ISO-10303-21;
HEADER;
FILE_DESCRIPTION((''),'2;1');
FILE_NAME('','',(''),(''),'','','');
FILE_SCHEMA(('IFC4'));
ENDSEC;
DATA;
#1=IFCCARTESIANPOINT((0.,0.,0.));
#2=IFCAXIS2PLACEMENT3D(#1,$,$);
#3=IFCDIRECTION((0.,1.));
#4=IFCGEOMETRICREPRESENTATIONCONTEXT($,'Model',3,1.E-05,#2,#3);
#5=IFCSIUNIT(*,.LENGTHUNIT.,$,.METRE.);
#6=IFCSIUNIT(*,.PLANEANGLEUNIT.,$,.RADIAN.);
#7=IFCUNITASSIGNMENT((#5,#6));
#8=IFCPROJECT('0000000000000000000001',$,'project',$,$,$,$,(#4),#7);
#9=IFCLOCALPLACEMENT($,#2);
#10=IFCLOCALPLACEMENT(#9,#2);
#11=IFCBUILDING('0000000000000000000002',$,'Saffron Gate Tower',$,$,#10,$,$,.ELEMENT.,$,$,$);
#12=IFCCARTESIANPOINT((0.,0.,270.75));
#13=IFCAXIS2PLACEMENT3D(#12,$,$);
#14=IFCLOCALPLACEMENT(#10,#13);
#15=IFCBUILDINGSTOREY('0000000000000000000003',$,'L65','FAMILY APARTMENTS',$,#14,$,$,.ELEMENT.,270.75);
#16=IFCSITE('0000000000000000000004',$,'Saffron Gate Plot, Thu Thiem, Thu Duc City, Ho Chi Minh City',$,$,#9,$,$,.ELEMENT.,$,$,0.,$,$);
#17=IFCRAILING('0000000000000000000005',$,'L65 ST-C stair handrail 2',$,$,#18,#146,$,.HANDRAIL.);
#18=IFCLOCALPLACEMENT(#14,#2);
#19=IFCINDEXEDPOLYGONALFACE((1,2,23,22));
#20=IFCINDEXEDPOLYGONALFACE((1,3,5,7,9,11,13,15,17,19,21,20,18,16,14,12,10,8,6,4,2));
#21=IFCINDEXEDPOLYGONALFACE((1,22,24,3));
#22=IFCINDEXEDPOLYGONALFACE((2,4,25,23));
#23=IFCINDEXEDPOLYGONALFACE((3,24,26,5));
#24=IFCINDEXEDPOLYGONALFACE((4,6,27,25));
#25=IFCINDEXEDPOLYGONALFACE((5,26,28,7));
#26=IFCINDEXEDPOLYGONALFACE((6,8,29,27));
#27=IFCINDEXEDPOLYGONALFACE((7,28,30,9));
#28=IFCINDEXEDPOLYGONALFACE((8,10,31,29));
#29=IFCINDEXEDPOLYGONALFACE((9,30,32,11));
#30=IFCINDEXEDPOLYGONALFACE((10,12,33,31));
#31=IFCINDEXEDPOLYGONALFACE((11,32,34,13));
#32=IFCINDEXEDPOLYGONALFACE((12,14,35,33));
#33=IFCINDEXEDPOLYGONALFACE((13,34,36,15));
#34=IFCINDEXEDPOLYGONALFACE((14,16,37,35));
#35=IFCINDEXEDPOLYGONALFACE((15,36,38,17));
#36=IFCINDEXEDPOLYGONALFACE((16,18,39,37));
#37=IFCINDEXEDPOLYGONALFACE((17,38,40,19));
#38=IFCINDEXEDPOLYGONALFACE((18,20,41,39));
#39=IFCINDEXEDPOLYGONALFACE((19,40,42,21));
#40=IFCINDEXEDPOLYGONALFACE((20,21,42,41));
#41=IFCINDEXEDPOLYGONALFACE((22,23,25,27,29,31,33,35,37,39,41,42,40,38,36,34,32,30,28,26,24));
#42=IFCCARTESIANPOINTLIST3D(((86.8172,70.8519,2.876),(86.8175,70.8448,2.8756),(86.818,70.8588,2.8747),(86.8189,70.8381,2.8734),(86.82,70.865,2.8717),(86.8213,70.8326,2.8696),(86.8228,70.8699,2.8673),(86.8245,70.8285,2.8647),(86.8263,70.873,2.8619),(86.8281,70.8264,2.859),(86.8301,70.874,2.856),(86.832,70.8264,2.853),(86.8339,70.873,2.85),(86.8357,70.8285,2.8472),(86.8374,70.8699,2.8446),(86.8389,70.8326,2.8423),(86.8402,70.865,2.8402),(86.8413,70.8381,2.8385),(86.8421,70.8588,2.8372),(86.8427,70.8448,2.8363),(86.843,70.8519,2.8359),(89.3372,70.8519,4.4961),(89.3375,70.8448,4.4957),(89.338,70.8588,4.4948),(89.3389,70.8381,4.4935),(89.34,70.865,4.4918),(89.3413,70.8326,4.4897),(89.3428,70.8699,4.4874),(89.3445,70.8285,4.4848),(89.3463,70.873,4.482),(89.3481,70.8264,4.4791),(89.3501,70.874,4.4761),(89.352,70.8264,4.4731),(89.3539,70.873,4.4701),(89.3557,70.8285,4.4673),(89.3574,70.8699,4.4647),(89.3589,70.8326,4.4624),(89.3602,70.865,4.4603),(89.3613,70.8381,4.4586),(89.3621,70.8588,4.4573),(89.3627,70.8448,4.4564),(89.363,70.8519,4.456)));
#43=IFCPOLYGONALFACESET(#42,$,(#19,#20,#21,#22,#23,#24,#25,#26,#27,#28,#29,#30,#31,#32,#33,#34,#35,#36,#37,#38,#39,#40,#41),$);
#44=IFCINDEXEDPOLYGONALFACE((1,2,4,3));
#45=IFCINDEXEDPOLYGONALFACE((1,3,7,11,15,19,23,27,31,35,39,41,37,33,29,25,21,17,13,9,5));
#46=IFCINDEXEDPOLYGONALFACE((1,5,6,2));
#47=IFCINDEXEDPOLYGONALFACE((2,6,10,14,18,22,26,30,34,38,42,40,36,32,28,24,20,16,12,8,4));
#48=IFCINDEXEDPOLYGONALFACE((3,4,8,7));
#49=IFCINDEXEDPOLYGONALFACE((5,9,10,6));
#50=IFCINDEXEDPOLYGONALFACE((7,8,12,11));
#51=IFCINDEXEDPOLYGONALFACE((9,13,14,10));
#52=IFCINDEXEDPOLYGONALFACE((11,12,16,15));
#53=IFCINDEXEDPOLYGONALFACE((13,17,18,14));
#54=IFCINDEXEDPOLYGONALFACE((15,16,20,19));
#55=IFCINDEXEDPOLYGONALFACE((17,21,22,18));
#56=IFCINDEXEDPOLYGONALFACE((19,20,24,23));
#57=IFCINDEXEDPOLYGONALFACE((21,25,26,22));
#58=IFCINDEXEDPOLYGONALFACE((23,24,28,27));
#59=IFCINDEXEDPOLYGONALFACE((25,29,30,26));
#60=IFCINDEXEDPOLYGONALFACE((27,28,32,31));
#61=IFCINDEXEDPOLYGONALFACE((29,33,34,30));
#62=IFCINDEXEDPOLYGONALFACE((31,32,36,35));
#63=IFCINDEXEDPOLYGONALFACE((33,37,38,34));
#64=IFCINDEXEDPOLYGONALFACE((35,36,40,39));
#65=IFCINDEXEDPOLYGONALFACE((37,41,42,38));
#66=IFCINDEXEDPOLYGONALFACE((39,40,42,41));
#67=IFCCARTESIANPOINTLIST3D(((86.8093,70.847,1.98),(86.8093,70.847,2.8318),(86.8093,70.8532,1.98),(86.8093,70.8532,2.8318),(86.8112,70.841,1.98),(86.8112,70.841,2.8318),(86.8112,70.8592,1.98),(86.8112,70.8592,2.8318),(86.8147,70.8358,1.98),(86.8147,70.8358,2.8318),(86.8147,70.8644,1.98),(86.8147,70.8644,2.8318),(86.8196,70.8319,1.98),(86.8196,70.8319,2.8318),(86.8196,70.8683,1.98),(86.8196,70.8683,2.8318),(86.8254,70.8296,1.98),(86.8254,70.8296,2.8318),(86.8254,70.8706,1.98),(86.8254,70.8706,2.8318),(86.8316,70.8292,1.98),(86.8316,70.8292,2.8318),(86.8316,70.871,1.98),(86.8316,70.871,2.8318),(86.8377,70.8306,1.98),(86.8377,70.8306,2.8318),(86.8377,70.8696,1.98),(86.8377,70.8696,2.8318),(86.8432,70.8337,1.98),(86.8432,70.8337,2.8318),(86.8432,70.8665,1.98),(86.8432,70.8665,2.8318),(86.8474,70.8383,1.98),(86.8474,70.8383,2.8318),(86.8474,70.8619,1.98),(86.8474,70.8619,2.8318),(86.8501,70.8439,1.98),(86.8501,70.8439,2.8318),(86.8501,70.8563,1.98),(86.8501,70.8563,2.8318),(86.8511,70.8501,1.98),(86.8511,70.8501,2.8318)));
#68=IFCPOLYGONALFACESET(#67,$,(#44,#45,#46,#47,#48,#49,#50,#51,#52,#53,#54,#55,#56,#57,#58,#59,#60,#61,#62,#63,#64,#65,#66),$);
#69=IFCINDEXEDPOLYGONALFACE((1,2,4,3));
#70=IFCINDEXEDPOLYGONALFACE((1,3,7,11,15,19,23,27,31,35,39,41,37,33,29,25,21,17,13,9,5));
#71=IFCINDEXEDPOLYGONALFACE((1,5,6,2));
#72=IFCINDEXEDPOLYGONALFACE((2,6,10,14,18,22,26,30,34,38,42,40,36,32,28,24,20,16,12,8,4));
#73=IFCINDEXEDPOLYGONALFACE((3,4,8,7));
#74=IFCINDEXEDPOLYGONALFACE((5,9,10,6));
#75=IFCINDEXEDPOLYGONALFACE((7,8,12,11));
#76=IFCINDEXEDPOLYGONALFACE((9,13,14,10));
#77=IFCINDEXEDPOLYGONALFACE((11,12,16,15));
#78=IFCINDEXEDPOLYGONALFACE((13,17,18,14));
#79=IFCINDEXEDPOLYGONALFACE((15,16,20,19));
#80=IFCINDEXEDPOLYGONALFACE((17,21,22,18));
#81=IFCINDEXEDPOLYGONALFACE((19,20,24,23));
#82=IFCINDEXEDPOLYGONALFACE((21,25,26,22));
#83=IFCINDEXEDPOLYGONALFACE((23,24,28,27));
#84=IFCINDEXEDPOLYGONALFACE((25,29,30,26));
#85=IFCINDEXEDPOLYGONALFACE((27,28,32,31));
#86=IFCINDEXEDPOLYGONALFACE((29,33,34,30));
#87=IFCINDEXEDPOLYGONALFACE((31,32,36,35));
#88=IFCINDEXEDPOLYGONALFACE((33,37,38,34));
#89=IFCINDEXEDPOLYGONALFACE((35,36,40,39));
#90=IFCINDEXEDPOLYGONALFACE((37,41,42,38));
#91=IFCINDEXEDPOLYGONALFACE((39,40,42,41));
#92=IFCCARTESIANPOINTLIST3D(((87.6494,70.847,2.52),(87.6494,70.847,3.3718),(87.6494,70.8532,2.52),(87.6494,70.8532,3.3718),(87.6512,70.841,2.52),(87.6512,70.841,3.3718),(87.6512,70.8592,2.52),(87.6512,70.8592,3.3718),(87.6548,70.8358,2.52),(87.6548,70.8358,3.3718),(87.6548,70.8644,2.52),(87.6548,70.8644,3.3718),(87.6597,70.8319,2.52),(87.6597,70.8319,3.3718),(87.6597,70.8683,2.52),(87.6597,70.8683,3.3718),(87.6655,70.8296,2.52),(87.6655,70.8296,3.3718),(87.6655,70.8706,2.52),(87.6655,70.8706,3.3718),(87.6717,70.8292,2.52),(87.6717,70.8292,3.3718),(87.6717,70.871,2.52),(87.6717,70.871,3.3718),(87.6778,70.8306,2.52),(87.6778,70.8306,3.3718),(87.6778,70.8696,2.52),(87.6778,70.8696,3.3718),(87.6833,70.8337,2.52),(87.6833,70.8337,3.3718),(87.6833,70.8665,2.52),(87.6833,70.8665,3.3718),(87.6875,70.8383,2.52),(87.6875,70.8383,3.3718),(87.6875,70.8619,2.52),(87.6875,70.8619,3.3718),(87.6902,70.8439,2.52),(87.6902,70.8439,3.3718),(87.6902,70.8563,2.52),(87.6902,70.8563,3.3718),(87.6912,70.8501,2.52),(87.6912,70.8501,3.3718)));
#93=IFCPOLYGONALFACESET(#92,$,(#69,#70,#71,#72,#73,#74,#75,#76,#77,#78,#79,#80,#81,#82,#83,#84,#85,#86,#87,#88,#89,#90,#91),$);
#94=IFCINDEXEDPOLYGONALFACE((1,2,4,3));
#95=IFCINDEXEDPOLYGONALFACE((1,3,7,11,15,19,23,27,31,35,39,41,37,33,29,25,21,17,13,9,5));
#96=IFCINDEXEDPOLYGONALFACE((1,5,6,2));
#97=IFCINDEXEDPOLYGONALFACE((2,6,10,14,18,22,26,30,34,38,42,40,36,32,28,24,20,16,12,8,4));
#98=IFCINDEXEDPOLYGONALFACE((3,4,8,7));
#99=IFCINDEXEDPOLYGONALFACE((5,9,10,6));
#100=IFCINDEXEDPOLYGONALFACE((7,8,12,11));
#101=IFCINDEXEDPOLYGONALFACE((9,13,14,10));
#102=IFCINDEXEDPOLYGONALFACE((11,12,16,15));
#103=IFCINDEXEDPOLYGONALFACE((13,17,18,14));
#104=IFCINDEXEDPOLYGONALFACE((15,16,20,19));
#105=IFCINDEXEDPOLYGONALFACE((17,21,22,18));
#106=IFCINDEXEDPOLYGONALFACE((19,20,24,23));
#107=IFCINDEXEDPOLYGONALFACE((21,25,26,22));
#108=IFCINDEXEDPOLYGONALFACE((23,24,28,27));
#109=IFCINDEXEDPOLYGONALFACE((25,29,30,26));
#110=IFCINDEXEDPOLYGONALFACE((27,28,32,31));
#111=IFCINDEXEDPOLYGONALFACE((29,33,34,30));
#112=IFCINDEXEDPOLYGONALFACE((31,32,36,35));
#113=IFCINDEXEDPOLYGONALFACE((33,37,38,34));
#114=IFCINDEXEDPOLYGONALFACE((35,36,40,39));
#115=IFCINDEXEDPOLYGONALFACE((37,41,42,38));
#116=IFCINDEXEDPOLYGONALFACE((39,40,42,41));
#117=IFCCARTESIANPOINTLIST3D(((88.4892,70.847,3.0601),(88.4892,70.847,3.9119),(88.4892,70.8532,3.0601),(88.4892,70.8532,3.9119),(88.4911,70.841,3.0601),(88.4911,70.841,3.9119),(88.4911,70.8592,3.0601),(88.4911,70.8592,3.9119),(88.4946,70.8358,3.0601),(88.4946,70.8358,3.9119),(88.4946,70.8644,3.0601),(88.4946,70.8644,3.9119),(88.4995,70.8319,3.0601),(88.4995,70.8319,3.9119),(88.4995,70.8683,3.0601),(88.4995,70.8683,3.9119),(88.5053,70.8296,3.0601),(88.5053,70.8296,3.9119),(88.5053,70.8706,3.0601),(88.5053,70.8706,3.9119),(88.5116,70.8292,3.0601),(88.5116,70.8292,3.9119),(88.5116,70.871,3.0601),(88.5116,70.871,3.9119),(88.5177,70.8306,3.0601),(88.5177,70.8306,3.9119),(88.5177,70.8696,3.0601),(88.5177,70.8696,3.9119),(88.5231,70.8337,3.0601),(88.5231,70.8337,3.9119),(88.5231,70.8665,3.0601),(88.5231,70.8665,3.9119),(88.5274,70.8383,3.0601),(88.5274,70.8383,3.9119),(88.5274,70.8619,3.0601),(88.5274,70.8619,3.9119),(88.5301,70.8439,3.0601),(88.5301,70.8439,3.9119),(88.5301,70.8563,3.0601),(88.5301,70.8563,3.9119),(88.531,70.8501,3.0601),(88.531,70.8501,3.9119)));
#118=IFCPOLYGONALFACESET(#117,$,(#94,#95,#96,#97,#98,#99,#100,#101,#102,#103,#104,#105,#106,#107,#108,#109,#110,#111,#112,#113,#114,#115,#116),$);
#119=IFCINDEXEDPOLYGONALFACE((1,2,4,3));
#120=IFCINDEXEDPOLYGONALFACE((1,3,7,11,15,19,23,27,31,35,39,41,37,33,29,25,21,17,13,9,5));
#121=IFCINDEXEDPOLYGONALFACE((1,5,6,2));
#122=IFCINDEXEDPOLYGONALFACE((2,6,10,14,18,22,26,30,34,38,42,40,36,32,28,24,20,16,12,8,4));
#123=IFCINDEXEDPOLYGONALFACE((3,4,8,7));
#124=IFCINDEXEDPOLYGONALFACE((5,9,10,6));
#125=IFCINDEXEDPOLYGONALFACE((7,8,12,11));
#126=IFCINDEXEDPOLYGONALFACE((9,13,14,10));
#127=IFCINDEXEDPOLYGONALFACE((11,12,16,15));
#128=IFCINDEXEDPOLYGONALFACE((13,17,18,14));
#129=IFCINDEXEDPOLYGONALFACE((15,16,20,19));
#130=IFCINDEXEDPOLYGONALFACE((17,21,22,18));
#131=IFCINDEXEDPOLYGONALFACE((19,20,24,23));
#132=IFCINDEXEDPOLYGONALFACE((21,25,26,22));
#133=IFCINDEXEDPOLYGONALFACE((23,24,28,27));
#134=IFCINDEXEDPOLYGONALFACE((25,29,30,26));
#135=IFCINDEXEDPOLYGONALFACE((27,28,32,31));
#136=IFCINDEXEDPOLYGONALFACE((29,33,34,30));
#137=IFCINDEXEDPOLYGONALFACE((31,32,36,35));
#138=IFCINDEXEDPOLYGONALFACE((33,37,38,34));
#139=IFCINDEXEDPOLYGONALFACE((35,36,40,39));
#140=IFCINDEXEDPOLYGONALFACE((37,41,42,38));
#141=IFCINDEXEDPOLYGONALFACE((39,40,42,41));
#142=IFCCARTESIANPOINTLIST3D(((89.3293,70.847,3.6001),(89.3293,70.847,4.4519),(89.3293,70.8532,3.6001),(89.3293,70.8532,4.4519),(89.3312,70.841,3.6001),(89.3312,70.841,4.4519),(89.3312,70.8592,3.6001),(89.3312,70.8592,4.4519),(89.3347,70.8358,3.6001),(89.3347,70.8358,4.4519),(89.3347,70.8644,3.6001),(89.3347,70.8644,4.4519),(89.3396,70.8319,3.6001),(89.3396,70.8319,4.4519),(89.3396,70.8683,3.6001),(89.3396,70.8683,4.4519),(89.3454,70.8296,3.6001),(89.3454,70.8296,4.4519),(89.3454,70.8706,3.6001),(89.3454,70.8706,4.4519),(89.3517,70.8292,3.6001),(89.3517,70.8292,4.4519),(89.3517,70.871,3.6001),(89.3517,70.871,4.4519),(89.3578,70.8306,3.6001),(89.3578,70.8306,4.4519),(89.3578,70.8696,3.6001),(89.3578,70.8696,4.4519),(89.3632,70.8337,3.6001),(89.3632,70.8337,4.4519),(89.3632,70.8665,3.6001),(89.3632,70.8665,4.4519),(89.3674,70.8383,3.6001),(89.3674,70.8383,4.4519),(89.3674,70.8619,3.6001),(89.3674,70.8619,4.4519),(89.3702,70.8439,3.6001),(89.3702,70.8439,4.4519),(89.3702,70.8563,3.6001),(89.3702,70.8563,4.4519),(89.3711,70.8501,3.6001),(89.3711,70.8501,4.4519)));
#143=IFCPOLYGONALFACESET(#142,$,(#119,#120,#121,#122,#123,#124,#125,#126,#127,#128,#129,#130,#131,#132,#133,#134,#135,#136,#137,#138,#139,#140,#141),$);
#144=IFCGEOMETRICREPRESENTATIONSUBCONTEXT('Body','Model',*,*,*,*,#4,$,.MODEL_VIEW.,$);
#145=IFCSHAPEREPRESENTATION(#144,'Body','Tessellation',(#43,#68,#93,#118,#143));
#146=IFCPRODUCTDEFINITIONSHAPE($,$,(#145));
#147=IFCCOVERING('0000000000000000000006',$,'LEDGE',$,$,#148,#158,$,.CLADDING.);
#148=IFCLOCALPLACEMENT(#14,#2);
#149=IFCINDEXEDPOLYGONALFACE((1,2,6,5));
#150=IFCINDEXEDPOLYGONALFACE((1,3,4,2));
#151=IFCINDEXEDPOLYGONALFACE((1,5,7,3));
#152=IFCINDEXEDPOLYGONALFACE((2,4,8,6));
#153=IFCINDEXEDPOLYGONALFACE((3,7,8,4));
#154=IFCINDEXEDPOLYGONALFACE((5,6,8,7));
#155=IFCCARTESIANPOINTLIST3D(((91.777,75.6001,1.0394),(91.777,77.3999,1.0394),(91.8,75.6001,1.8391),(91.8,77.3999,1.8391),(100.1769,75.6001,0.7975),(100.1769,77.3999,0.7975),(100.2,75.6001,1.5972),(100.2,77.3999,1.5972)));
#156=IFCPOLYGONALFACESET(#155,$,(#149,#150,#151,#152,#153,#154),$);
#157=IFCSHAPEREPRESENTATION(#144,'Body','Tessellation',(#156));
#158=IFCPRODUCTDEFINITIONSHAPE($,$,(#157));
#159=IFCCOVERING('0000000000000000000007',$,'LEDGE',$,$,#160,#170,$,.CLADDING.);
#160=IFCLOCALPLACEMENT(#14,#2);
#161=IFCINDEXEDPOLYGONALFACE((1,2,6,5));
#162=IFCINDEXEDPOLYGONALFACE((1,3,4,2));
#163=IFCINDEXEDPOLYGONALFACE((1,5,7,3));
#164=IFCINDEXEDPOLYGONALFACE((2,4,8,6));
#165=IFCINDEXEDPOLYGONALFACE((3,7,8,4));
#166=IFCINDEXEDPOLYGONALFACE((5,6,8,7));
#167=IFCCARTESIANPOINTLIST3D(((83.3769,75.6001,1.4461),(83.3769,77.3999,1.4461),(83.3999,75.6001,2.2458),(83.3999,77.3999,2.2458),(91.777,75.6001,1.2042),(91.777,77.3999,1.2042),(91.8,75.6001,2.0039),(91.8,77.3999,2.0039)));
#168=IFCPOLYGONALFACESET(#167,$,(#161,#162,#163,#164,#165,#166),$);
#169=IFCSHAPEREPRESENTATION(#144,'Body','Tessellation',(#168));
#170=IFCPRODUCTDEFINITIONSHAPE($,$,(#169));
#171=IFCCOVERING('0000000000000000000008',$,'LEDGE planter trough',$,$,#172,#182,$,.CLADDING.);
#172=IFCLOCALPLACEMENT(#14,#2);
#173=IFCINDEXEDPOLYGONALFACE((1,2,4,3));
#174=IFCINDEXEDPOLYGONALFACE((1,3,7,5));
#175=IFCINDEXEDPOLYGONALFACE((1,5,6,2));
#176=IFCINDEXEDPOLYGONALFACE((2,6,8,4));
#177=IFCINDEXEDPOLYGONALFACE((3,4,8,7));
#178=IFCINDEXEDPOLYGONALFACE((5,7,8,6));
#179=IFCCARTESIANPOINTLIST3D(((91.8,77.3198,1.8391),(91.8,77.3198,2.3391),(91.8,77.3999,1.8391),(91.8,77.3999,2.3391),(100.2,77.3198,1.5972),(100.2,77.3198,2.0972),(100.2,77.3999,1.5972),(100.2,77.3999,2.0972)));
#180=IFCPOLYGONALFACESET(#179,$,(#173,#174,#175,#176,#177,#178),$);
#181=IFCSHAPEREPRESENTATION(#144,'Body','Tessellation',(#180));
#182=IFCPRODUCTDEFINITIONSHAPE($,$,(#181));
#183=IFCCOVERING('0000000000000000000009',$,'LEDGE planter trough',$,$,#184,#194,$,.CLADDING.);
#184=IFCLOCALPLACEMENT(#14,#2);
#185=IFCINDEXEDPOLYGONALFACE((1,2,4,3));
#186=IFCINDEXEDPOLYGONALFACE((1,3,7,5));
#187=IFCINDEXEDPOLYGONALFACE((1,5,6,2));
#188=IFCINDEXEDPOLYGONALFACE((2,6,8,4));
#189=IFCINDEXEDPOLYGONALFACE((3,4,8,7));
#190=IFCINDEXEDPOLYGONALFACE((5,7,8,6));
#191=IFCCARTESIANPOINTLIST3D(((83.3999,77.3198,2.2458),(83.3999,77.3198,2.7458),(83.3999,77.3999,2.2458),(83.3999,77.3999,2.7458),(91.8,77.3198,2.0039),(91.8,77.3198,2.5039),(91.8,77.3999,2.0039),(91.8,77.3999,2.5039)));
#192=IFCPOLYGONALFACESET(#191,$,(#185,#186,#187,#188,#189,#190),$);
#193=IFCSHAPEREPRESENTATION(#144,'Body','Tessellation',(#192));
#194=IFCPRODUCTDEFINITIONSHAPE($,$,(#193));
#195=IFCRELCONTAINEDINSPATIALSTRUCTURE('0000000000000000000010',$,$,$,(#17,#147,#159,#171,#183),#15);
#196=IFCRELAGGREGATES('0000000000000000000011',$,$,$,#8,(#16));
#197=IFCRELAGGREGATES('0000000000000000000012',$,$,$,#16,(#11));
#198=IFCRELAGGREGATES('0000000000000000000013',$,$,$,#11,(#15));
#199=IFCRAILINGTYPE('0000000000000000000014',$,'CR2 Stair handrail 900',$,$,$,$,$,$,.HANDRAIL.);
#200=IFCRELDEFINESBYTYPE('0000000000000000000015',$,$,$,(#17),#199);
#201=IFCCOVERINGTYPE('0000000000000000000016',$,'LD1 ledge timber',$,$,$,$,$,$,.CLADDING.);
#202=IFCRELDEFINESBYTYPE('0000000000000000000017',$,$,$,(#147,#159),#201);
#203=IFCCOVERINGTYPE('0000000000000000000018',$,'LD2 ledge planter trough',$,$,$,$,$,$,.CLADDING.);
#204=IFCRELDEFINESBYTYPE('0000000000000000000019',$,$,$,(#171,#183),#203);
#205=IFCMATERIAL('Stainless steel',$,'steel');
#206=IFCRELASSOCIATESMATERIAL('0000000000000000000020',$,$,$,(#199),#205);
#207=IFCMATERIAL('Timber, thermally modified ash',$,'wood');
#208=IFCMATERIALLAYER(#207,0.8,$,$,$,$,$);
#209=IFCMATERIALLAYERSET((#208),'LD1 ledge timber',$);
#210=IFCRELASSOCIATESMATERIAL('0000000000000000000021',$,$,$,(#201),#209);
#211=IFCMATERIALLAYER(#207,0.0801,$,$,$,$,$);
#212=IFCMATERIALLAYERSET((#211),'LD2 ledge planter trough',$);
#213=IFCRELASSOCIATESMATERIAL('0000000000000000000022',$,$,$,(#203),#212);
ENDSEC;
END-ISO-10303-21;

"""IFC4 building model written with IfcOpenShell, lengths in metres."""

from ifc_helpers import new_model, si_unit, direction, frame, origin, origin_2d, place, context, subcontext, project, spatial, polyline, circle, outline, extrude, material, layer, layer_set, type_object, element, save


model = new_model("IFC4")

# Units and contexts
model_context = context("Model", 3, precision=1e-05, world=origin(), true_north=direction((0.0, 1.0)))
body_context = subcontext(model_context, "Body", "Model", "MODEL_VIEW")
ifc_project = project(units=[si_unit("LENGTHUNIT", "METRE"), si_unit("PLANEANGLEUNIT", "RADIAN")], contexts=[model_context])

# Site, building, storey
site_placement = place(None, origin())
site = spatial("IfcSite", under=ifc_project, at=site_placement, Name="Saffron Gate Plot, Thu Thiem, Thu Duc City, Ho Chi Minh City", CompositionType="ELEMENT", RefElevation=0.0)
building_placement = place(site_placement, origin())
building = spatial("IfcBuilding", under=site, at=building_placement, Name="Saffron Gate Tower", CompositionType="ELEMENT")
storey_placement = place(building_placement, frame((0.0, 0.0, 270.75)))
storey = spatial("IfcBuildingStorey", under=building, at=storey_placement, Name="L65", Description="FAMILY APARTMENTS", CompositionType="ELEMENT", Elevation=270.75)

# Railing
ifc_material_1 = material(Name="Stainless steel", Category="steel")
railing_type_1 = type_object("IfcRailingType", Name="CR2 Stair handrail 900", PredefinedType="HANDRAIL", material=ifc_material_1)
railing_1_placement = place(storey_placement, frame((86.8301, 70.8501, 1.98)))
element("IfcRailing", 1, at=railing_1_placement, inside=storey, type_object=railing_type_1, Name="L65 ST-C stair handrail 2", PredefinedType="HANDRAIL", context=body_context, shape_type="SweptSolid", body=[
    extrude(circle(Radius=0.0239, at=origin_2d()), frame((0.0, 0.0, 0.876), z_axis=(0.841163, 0.0, 0.540782), x_axis=(0.0, 1.0, 0.0)), (0.0, 0.0, 1.0), 2.9958),
    extrude(circle(Radius=0.021, at=origin_2d()), origin(), (0.0, 0.0, 1.0), 0.8518),
    extrude(circle(Radius=0.021, at=origin_2d()), frame((0.8401, 0.0, 0.54)), (0.0, 0.0, 1.0), 0.8518),
    extrude(circle(Radius=0.021, at=origin_2d()), frame((1.6799, 0.0, 1.0801)), (0.0, 0.0, 1.0), 0.8518),
    extrude(circle(Radius=0.021, at=origin_2d()), frame((2.52, 0.0, 1.6201)), (0.0, 0.0, 1.0), 0.8518),
])

# Coverings
ifc_material_2 = material(Name="Timber, thermally modified ash", Category="wood")
ifc_layer_1 = layer(ifc_material_2, 0.8)
ifc_layer_set_1 = layer_set([ifc_layer_1], Name="LD1 ledge timber")
covering_type_1 = type_object("IfcCoveringType", Name="LD1 ledge timber", PredefinedType="CLADDING", material=ifc_layer_set_1)
covering_1_placement = place(storey_placement, frame((100.2, 75.6001, 1.5972), z_axis=(0.028791, 0.0, 0.999585), x_axis=(-0.999585, 0.0, 0.028791)))
element("IfcCovering", 2, at=covering_1_placement, inside=storey, type_object=covering_type_1, Name="LEDGE", PredefinedType="CLADDING", context=body_context, shape_type="SweptSolid", body=[
    extrude(outline(polyline([(0.0, 0.0), (8.4034, 0.0), (8.4034, -1.7998), (0.0, -1.7998), (0.0, 0.0)])), origin(), (0.0, 0.0, -1.0), 0.8),
])
covering_2_placement = place(storey_placement, frame((91.8, 75.6001, 2.0039), z_axis=(0.02879, 0.0, 0.999585), x_axis=(-0.999585, 0.0, 0.02879)))
element("IfcCovering", 3, at=covering_2_placement, inside=storey, type_object=covering_type_1, Name="LEDGE", PredefinedType="CLADDING", context=body_context, shape_type="SweptSolid", body=[
    extrude(outline(polyline([(0.0, 0.0), (8.4036, 0.0), (8.4036, -1.7998), (0.0, -1.7998), (0.0, 0.0)])), origin(), (0.0, 0.0, -1.0), 0.8),
])
ifc_layer_2 = layer(ifc_material_2, 0.0801)
ifc_layer_set_2 = layer_set([ifc_layer_2], Name="LD2 ledge planter trough")
covering_type_2 = type_object("IfcCoveringType", Name="LD2 ledge planter trough", PredefinedType="CLADDING", material=ifc_layer_set_2)
covering_3_placement = place(storey_placement, frame((100.2, 77.3999, 1.5972), z_axis=(0.0, 1.0, 0.0), x_axis=(-0.999585, 0.0, 0.028791)))
element("IfcCovering", 4, at=covering_3_placement, inside=storey, type_object=covering_type_2, Name="LEDGE planter trough", PredefinedType="CLADDING", context=body_context, shape_type="SweptSolid", body=[
    extrude(outline(polyline([(0.0, 0.0), (8.4034, 0.0), (8.4178, 0.4998), (0.0144, 0.4998), (0.0, 0.0)])), origin(), (0.0, 0.0, -1.0), 0.0801),
])
covering_4_placement = place(storey_placement, frame((91.8, 77.3999, 2.0039), z_axis=(0.0, 1.0, 0.0), x_axis=(-0.999585, 0.0, 0.02879)))
element("IfcCovering", 5, at=covering_4_placement, inside=storey, type_object=covering_type_2, Name="LEDGE planter trough", PredefinedType="CLADDING", context=body_context, shape_type="SweptSolid", body=[
    extrude(outline(polyline([(0.0, 0.0), (8.4036, 0.0), (8.418, 0.4998), (0.0144, 0.4998), (0.0, 0.0)])), origin(), (0.0, 0.0, -1.0), 0.0801),
])

save(model, "model.ifc")
